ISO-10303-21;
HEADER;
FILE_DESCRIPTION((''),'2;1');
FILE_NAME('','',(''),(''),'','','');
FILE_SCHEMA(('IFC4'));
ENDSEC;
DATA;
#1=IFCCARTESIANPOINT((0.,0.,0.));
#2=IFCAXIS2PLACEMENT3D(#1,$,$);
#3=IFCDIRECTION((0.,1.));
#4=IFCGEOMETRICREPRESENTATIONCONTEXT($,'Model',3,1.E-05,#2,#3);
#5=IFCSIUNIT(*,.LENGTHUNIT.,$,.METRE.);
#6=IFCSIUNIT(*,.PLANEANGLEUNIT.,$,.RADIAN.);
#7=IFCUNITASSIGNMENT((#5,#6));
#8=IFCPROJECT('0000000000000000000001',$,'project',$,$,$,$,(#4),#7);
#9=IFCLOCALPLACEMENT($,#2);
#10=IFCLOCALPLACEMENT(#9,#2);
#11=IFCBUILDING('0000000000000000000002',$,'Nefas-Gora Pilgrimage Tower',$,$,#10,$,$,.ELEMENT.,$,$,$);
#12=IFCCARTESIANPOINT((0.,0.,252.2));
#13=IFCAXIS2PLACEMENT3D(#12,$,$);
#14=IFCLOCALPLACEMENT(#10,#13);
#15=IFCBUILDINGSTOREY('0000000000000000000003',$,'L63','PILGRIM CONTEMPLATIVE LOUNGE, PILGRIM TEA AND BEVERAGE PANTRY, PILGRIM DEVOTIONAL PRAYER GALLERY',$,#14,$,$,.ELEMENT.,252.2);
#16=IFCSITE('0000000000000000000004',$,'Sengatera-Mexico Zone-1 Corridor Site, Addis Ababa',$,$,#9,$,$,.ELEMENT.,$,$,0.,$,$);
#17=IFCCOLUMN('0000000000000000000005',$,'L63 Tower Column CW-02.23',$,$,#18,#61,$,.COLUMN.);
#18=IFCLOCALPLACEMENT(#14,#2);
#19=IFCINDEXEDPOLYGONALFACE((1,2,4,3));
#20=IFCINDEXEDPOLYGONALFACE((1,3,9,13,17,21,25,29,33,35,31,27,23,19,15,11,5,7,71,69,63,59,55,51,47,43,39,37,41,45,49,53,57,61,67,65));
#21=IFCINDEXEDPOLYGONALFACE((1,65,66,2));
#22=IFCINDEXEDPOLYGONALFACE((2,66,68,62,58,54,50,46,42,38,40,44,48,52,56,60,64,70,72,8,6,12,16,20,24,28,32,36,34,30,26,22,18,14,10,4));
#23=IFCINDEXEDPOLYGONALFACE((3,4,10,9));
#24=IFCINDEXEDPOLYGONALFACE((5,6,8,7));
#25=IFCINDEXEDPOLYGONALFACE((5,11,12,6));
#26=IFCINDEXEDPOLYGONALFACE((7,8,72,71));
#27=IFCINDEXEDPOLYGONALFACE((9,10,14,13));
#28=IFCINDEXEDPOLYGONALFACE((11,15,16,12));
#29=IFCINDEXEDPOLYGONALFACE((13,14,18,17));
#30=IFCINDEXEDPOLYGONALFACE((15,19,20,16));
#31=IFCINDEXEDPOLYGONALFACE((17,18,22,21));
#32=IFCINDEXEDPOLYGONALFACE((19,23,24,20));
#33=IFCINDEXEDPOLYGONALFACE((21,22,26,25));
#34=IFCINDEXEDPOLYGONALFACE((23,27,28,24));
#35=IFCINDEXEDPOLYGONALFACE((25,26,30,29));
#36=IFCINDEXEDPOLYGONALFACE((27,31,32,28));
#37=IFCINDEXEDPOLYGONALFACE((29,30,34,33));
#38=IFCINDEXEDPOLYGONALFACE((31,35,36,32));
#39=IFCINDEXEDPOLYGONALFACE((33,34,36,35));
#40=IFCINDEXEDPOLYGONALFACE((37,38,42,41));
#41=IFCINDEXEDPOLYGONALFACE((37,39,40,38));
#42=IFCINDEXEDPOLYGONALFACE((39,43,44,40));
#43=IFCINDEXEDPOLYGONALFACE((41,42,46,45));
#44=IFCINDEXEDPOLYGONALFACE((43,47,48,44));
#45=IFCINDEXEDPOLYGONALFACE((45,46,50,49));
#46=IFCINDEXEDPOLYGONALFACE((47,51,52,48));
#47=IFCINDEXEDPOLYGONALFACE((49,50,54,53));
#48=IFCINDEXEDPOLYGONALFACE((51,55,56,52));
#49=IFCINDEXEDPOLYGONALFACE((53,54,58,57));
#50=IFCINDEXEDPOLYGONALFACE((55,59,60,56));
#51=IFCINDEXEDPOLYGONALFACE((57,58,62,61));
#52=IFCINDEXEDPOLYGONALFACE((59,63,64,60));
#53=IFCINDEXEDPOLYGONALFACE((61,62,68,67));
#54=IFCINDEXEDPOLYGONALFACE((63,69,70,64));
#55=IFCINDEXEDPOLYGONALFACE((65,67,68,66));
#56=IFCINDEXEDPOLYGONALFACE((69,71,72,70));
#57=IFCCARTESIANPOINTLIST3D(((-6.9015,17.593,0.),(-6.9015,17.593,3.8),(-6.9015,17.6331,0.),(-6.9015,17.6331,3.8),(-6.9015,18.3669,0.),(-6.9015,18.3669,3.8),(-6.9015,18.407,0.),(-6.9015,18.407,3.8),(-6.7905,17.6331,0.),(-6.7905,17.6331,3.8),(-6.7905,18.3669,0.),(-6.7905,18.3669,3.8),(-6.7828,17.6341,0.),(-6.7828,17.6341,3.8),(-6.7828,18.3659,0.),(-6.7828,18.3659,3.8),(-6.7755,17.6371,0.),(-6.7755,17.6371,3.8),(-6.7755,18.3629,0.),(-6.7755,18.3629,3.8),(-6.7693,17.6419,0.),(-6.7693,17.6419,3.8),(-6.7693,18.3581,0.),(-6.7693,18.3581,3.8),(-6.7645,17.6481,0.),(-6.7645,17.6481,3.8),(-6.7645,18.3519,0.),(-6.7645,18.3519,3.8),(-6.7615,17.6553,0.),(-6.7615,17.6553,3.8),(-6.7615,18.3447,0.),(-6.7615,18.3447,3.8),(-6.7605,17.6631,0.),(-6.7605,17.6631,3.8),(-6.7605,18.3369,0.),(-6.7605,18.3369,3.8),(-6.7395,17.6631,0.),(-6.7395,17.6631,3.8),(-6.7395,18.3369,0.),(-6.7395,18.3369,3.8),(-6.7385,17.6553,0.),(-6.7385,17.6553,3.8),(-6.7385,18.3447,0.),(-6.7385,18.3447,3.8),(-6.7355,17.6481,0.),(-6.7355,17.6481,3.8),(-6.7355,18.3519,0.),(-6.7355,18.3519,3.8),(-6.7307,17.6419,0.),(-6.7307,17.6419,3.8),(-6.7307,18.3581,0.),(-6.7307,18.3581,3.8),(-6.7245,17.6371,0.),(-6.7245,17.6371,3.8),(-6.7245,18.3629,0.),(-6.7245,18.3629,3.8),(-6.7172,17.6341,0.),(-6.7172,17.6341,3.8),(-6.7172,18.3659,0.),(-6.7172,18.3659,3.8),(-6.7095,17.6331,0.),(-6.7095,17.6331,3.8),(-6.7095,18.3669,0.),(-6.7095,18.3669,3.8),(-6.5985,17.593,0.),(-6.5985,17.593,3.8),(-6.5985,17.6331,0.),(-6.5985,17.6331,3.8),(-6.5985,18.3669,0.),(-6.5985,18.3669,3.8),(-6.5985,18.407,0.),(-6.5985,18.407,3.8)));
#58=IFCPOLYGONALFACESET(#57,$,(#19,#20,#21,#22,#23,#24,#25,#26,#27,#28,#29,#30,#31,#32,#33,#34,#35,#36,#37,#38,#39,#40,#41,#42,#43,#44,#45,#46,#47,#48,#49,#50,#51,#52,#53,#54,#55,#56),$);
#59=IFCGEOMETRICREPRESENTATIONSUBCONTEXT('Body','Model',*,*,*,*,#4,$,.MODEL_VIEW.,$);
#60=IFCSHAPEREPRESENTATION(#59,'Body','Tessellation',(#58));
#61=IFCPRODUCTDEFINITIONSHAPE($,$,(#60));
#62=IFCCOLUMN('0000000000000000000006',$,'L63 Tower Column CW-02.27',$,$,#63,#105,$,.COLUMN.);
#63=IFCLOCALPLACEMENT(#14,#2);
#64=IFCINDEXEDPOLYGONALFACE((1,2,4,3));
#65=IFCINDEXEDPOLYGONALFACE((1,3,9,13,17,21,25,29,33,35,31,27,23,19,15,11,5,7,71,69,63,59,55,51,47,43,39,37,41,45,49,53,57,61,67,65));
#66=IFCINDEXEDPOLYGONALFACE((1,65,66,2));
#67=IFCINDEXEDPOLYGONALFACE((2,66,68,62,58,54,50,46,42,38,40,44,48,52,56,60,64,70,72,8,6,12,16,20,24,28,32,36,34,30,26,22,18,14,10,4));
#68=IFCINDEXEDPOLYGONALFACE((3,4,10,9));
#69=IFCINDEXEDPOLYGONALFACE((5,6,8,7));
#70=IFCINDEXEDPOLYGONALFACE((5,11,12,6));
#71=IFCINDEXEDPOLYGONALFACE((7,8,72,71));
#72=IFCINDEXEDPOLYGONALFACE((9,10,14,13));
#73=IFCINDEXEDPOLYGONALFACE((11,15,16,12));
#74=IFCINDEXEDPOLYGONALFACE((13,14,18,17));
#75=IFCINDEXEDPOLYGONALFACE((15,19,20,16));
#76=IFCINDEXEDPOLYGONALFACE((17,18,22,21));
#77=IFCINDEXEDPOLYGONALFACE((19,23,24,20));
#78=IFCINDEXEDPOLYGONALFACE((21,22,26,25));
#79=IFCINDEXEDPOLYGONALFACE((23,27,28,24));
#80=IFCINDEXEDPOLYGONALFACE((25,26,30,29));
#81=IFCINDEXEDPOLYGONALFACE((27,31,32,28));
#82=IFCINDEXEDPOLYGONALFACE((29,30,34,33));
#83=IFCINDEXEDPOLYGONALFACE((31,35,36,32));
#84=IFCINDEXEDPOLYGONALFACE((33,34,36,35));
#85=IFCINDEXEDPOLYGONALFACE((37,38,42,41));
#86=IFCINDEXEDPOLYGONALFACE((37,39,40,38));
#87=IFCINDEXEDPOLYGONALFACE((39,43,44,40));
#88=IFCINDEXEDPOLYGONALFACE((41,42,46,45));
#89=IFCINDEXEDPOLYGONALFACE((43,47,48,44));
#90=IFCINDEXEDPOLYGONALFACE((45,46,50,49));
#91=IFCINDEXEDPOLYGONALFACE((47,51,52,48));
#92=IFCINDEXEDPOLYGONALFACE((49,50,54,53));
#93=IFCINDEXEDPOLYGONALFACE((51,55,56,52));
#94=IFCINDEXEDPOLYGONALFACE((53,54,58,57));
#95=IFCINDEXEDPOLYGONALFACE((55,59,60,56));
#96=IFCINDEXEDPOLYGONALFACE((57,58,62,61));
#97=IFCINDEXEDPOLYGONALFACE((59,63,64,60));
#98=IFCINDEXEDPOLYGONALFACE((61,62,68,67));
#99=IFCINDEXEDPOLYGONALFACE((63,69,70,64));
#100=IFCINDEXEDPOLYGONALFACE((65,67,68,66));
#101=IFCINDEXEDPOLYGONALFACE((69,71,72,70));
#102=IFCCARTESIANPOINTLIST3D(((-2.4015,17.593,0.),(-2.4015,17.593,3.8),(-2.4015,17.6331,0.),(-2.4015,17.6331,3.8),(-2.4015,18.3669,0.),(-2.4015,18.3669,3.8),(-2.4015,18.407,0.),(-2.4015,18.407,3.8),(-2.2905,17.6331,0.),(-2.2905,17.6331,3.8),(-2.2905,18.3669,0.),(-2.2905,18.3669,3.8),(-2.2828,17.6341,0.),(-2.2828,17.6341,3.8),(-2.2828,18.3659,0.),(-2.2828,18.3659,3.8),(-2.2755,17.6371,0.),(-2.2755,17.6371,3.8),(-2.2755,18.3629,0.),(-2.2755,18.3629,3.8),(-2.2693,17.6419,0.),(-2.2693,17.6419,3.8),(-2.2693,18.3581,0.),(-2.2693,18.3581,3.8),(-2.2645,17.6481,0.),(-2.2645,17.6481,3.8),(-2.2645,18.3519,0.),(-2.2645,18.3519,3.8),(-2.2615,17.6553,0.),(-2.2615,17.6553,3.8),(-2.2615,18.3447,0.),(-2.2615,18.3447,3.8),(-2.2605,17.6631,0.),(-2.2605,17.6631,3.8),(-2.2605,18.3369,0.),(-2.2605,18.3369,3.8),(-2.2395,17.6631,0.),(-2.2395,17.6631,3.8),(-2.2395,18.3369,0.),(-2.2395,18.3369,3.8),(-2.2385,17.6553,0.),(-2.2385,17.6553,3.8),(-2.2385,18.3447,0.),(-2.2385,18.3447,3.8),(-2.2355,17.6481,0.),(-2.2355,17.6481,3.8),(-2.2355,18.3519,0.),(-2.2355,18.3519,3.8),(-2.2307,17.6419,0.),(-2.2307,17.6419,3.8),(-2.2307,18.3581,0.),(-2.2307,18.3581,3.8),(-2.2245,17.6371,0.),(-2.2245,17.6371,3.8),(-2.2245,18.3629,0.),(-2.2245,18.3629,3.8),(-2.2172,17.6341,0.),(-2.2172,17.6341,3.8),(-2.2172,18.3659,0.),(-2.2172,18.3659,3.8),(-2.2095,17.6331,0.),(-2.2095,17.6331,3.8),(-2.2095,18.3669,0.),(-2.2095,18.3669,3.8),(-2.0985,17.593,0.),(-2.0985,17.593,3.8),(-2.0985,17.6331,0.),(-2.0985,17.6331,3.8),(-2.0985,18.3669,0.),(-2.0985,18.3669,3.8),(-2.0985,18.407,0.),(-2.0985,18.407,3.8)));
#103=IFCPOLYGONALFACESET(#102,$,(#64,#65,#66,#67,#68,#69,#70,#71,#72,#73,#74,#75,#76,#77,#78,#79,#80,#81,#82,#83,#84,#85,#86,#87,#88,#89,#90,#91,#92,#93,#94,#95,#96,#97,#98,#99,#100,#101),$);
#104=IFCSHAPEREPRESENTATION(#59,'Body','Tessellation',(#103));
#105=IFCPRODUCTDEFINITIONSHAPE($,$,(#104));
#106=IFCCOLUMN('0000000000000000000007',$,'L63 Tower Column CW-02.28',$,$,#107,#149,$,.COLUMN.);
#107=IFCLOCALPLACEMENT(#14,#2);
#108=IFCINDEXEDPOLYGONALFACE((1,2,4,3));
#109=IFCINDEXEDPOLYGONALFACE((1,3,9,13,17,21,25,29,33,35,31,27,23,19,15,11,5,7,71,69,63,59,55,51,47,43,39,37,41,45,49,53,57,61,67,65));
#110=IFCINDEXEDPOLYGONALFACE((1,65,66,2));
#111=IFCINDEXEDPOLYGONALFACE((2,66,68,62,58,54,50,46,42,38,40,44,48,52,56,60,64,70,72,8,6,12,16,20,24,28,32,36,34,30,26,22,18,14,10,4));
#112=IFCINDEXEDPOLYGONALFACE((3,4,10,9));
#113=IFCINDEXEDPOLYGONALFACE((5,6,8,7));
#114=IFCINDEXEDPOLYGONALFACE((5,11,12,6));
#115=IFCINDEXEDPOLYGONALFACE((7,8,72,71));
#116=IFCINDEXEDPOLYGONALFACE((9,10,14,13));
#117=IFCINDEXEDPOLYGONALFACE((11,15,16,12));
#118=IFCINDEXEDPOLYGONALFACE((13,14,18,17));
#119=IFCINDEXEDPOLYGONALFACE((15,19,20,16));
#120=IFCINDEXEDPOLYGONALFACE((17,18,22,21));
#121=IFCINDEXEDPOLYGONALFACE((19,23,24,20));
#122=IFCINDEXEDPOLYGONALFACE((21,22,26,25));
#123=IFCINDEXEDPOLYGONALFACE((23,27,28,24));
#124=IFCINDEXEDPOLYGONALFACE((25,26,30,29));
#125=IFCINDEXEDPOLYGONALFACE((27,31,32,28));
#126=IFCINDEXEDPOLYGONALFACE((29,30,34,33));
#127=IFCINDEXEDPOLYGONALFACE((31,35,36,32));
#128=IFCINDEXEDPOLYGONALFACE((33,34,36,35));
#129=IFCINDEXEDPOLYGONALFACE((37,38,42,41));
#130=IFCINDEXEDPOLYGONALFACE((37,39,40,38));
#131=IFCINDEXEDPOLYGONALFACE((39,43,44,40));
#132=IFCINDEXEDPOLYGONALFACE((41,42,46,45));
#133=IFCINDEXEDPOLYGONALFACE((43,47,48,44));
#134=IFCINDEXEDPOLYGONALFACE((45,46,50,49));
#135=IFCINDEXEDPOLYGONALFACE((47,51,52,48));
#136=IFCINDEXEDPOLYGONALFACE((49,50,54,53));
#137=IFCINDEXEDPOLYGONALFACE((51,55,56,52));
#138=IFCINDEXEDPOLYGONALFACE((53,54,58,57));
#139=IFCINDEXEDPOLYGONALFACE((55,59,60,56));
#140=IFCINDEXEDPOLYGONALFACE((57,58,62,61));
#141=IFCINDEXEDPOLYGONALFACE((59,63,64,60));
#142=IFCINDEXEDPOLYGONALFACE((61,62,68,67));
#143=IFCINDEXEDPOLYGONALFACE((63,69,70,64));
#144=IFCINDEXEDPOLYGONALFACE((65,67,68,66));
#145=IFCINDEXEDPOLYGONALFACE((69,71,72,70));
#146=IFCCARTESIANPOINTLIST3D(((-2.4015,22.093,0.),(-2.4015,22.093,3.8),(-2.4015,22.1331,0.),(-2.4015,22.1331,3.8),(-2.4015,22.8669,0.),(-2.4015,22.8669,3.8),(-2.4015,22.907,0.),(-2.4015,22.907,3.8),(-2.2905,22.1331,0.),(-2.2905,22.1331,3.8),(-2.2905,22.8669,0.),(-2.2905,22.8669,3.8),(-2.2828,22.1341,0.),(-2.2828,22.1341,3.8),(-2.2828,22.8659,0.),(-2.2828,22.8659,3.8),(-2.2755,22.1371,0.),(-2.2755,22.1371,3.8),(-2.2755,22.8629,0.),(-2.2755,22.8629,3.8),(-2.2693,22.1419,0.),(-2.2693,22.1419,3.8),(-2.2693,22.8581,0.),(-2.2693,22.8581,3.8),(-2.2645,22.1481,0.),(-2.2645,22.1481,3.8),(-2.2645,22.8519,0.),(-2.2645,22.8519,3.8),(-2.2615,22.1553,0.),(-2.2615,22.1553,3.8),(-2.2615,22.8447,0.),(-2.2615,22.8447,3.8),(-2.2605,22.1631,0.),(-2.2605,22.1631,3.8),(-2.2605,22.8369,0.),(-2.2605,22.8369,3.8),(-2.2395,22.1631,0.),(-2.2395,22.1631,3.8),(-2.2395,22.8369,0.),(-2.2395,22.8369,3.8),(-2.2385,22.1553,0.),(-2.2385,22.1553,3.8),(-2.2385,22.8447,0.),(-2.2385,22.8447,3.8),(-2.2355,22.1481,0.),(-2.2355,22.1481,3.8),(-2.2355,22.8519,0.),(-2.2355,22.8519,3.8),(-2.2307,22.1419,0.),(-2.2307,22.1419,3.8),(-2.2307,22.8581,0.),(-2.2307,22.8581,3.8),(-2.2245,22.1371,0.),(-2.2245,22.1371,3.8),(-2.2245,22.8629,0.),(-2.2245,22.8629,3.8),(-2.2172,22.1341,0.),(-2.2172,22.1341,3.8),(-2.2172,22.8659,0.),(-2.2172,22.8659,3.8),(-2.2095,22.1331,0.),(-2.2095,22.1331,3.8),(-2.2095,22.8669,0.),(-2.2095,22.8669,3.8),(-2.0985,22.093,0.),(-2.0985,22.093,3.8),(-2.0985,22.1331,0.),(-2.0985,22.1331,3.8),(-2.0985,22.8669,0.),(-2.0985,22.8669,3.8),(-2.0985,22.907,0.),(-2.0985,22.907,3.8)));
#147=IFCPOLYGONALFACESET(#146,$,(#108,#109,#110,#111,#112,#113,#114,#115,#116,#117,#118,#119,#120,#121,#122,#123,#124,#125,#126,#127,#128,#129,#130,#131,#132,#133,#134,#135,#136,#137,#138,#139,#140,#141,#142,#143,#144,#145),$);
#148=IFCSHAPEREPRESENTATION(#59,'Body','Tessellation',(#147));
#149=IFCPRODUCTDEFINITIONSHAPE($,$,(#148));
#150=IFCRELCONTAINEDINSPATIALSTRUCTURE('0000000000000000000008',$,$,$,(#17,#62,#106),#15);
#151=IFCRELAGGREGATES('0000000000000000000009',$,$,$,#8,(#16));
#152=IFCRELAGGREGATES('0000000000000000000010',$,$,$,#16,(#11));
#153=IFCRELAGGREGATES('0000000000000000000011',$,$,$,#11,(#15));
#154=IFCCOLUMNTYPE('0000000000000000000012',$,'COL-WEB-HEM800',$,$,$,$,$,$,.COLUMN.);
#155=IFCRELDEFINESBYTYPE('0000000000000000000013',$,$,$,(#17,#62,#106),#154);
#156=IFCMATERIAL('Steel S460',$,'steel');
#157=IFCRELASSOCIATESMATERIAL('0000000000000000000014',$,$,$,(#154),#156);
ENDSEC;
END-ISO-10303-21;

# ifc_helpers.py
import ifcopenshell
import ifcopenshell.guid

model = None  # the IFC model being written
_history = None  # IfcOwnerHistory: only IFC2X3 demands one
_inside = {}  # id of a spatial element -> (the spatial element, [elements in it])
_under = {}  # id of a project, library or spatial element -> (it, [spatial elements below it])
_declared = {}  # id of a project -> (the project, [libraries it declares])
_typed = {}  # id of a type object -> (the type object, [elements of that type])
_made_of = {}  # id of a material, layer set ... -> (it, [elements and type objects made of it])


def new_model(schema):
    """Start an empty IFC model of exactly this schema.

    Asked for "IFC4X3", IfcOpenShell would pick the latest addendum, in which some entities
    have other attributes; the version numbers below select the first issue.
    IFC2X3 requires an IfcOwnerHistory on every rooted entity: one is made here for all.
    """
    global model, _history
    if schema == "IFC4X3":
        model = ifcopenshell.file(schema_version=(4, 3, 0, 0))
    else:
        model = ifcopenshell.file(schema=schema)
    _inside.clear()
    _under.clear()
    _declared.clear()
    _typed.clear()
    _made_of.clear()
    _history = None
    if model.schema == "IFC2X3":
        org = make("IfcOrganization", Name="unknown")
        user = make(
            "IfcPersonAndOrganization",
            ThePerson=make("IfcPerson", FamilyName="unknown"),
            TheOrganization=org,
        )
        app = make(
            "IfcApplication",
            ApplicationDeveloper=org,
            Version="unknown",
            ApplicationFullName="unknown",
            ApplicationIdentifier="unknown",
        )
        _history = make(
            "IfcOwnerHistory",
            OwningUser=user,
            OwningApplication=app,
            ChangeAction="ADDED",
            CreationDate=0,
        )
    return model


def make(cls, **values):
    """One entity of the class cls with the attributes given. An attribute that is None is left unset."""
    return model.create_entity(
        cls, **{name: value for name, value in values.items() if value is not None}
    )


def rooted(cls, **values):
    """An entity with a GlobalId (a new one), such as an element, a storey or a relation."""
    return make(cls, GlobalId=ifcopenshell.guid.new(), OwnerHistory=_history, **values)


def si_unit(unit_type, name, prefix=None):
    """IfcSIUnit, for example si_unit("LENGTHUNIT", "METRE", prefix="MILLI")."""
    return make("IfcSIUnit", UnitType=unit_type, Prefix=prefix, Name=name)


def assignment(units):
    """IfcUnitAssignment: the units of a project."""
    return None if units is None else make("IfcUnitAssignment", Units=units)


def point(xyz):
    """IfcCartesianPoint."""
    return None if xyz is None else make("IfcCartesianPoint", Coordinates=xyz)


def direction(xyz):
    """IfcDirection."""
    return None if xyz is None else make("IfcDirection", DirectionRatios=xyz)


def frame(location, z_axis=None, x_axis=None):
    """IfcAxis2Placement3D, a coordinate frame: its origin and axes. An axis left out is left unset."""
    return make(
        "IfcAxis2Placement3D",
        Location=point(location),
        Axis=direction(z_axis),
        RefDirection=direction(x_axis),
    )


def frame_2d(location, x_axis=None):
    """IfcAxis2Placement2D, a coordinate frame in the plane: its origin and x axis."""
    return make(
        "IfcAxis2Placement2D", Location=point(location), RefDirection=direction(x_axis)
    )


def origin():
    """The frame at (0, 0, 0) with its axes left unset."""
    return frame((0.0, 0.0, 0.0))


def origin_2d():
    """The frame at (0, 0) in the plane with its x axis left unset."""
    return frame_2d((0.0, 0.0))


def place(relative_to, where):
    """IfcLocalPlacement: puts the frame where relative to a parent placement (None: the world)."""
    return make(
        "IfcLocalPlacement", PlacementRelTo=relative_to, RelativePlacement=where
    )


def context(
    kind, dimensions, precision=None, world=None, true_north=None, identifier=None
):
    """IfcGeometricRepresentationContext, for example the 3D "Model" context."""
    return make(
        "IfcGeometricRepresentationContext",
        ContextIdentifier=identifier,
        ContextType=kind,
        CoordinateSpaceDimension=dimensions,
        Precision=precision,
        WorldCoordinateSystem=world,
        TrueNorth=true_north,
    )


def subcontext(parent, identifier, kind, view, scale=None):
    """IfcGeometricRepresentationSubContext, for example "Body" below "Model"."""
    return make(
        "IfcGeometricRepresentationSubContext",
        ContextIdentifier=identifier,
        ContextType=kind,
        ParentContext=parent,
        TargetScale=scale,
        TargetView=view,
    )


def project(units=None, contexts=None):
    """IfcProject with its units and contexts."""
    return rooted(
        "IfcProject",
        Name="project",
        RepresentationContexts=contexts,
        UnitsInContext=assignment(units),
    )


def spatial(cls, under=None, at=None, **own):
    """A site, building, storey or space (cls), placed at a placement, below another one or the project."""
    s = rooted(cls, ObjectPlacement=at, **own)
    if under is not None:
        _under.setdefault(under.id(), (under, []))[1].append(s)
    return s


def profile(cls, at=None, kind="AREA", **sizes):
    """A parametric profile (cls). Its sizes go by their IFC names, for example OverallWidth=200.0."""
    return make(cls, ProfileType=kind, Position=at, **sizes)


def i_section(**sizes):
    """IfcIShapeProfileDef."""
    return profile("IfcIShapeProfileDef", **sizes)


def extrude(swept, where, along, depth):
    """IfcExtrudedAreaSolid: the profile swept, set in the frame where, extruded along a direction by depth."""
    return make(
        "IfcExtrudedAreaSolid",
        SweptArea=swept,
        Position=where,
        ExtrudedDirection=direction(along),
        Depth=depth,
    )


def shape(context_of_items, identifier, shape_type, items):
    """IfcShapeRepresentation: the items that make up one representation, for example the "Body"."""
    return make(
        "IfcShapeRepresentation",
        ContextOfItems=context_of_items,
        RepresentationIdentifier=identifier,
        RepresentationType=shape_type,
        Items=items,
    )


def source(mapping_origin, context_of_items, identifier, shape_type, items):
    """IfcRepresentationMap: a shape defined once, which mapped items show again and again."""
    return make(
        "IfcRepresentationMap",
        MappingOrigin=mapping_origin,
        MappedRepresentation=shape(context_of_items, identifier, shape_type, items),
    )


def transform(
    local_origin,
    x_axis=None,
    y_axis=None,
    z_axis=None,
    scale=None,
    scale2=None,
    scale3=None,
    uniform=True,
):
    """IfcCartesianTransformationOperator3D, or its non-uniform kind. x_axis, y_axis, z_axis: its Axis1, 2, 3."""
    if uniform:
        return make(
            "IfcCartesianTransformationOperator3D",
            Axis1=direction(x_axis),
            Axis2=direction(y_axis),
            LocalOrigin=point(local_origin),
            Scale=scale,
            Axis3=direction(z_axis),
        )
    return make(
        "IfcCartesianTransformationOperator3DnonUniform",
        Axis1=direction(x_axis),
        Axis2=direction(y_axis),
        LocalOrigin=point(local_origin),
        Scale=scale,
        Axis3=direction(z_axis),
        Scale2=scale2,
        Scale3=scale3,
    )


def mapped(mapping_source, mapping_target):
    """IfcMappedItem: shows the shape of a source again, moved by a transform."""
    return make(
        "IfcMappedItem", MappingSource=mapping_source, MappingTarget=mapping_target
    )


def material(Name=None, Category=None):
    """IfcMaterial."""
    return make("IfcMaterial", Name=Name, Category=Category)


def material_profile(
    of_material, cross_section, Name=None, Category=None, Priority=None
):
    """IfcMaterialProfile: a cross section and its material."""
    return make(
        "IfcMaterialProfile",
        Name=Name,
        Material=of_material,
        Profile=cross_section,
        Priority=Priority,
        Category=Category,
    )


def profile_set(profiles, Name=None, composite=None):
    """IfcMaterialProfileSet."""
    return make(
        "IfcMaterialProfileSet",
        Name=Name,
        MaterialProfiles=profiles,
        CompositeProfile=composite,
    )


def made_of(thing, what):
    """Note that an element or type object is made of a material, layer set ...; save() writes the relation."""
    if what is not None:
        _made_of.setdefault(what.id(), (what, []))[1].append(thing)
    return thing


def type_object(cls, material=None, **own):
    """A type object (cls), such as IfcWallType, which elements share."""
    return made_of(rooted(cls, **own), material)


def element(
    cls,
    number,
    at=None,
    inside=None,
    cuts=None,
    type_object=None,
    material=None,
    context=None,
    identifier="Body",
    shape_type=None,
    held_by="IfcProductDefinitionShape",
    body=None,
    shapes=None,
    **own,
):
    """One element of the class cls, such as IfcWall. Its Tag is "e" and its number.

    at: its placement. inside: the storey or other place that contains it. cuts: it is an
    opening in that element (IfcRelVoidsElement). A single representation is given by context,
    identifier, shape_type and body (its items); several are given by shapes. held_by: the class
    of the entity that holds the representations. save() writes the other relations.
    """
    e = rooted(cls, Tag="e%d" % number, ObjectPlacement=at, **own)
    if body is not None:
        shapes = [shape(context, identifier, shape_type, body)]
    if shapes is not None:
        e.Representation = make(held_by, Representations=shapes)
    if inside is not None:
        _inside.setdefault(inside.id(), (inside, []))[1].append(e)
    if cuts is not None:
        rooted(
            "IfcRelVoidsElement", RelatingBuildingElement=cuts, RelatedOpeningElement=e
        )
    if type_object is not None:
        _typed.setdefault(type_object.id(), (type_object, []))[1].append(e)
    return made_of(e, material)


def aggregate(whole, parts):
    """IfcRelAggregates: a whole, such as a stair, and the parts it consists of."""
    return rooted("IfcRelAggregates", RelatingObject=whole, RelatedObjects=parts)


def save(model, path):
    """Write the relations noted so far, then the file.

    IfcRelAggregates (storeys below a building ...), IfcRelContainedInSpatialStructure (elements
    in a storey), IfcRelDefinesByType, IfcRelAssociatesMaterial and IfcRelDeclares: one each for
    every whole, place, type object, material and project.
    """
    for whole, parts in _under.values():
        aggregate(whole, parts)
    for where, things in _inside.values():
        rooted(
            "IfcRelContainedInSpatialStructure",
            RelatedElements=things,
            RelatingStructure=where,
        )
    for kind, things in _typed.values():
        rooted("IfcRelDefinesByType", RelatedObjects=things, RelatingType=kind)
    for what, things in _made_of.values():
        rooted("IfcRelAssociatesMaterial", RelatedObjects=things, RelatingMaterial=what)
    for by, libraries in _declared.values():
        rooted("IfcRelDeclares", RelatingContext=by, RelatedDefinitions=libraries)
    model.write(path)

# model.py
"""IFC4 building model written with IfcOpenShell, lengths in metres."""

from ifc_helpers import new_model, si_unit, direction, frame, origin, origin_2d, place, context, subcontext, project, spatial, i_section, extrude, source, transform, mapped, material, material_profile, profile_set, type_object, element, save


model = new_model("IFC4")

# Units and contexts
model_context = context("Model", 3, precision=1e-05, world=origin(), true_north=direction((0.0, 1.0)))
body_context = subcontext(model_context, "Body", "Model", "MODEL_VIEW")
ifc_project = project(units=[si_unit("LENGTHUNIT", "METRE"), si_unit("PLANEANGLEUNIT", "RADIAN")], contexts=[model_context])

# Site, building, storey
site_placement = place(None, origin())
site = spatial("IfcSite", under=ifc_project, at=site_placement, Name="Sengatera-Mexico Zone-1 Corridor Site, Addis Ababa", CompositionType="ELEMENT", RefElevation=0.0)
building_placement = place(site_placement, origin())
building = spatial("IfcBuilding", under=site, at=building_placement, Name="Nefas-Gora Pilgrimage Tower", CompositionType="ELEMENT")
storey_placement = place(building_placement, frame((0.0, 0.0, 252.2)))
storey = spatial("IfcBuildingStorey", under=building, at=storey_placement, Name="L63", Description="PILGRIM CONTEMPLATIVE LOUNGE, PILGRIM TEA AND BEVERAGE PANTRY, PILGRIM DEVOTIONAL PRAYER GALLERY", CompositionType="ELEMENT", Elevation=252.2)

# Columns
ifc_material_1 = material(Name="Steel S460", Category="steel")
ifc_material_profile_1 = material_profile(ifc_material_1, i_section(OverallWidth=0.303, OverallDepth=0.814, WebThickness=0.021, FlangeThickness=0.04, FilletRadius=0.03, at=origin_2d()), Name="HEM 800")
ifc_profile_set_1 = profile_set([ifc_material_profile_1], Name="Steel S460")
column_type_1 = type_object("IfcColumnType", Name="COL-WEB-HEM800", PredefinedType="COLUMN", material=ifc_profile_set_1)
shared_shape_1 = source(origin(), body_context, "Body", "SweptSolid", [
    extrude(i_section(OverallWidth=0.303, OverallDepth=0.814, WebThickness=0.021, FlangeThickness=0.04, FilletRadius=0.03, at=origin_2d()), origin(), (0.0, 0.0, 1.0), 3.8),
])
for number, where, z_axis, x_axis, name in (
    (1, (-6.75, 18.0, 0.0), (0.0, 0.0, 1.0), (1.0, 0.0, 0.0), "L63 Tower Column CW-02.23"),
    (2, (-2.25, 18.0, 0.0), (0.0, 0.0, 1.0), (1.0, 0.0, 0.0), "L63 Tower Column CW-02.27"),
    (3, (-2.25, 22.5, 0.0), (0.0, 0.0, 1.0), (1.0, 0.0, 0.0), "L63 Tower Column CW-02.28"),
):
    element("IfcColumn", number, at=place(storey_placement, frame(where, z_axis=z_axis, x_axis=x_axis)), inside=storey, type_object=column_type_1, Name=name, PredefinedType="COLUMN", context=body_context, shape_type="MappedRepresentation", body=[
        mapped(shared_shape_1, transform((0.0, 0.0, 0.0), x_axis=(1.0, 0.0, 0.0), y_axis=(0.0, 1.0, 0.0), z_axis=(0.0, 0.0, 1.0), scale=1.0)),
    ])

save(model, "model.ifc")
